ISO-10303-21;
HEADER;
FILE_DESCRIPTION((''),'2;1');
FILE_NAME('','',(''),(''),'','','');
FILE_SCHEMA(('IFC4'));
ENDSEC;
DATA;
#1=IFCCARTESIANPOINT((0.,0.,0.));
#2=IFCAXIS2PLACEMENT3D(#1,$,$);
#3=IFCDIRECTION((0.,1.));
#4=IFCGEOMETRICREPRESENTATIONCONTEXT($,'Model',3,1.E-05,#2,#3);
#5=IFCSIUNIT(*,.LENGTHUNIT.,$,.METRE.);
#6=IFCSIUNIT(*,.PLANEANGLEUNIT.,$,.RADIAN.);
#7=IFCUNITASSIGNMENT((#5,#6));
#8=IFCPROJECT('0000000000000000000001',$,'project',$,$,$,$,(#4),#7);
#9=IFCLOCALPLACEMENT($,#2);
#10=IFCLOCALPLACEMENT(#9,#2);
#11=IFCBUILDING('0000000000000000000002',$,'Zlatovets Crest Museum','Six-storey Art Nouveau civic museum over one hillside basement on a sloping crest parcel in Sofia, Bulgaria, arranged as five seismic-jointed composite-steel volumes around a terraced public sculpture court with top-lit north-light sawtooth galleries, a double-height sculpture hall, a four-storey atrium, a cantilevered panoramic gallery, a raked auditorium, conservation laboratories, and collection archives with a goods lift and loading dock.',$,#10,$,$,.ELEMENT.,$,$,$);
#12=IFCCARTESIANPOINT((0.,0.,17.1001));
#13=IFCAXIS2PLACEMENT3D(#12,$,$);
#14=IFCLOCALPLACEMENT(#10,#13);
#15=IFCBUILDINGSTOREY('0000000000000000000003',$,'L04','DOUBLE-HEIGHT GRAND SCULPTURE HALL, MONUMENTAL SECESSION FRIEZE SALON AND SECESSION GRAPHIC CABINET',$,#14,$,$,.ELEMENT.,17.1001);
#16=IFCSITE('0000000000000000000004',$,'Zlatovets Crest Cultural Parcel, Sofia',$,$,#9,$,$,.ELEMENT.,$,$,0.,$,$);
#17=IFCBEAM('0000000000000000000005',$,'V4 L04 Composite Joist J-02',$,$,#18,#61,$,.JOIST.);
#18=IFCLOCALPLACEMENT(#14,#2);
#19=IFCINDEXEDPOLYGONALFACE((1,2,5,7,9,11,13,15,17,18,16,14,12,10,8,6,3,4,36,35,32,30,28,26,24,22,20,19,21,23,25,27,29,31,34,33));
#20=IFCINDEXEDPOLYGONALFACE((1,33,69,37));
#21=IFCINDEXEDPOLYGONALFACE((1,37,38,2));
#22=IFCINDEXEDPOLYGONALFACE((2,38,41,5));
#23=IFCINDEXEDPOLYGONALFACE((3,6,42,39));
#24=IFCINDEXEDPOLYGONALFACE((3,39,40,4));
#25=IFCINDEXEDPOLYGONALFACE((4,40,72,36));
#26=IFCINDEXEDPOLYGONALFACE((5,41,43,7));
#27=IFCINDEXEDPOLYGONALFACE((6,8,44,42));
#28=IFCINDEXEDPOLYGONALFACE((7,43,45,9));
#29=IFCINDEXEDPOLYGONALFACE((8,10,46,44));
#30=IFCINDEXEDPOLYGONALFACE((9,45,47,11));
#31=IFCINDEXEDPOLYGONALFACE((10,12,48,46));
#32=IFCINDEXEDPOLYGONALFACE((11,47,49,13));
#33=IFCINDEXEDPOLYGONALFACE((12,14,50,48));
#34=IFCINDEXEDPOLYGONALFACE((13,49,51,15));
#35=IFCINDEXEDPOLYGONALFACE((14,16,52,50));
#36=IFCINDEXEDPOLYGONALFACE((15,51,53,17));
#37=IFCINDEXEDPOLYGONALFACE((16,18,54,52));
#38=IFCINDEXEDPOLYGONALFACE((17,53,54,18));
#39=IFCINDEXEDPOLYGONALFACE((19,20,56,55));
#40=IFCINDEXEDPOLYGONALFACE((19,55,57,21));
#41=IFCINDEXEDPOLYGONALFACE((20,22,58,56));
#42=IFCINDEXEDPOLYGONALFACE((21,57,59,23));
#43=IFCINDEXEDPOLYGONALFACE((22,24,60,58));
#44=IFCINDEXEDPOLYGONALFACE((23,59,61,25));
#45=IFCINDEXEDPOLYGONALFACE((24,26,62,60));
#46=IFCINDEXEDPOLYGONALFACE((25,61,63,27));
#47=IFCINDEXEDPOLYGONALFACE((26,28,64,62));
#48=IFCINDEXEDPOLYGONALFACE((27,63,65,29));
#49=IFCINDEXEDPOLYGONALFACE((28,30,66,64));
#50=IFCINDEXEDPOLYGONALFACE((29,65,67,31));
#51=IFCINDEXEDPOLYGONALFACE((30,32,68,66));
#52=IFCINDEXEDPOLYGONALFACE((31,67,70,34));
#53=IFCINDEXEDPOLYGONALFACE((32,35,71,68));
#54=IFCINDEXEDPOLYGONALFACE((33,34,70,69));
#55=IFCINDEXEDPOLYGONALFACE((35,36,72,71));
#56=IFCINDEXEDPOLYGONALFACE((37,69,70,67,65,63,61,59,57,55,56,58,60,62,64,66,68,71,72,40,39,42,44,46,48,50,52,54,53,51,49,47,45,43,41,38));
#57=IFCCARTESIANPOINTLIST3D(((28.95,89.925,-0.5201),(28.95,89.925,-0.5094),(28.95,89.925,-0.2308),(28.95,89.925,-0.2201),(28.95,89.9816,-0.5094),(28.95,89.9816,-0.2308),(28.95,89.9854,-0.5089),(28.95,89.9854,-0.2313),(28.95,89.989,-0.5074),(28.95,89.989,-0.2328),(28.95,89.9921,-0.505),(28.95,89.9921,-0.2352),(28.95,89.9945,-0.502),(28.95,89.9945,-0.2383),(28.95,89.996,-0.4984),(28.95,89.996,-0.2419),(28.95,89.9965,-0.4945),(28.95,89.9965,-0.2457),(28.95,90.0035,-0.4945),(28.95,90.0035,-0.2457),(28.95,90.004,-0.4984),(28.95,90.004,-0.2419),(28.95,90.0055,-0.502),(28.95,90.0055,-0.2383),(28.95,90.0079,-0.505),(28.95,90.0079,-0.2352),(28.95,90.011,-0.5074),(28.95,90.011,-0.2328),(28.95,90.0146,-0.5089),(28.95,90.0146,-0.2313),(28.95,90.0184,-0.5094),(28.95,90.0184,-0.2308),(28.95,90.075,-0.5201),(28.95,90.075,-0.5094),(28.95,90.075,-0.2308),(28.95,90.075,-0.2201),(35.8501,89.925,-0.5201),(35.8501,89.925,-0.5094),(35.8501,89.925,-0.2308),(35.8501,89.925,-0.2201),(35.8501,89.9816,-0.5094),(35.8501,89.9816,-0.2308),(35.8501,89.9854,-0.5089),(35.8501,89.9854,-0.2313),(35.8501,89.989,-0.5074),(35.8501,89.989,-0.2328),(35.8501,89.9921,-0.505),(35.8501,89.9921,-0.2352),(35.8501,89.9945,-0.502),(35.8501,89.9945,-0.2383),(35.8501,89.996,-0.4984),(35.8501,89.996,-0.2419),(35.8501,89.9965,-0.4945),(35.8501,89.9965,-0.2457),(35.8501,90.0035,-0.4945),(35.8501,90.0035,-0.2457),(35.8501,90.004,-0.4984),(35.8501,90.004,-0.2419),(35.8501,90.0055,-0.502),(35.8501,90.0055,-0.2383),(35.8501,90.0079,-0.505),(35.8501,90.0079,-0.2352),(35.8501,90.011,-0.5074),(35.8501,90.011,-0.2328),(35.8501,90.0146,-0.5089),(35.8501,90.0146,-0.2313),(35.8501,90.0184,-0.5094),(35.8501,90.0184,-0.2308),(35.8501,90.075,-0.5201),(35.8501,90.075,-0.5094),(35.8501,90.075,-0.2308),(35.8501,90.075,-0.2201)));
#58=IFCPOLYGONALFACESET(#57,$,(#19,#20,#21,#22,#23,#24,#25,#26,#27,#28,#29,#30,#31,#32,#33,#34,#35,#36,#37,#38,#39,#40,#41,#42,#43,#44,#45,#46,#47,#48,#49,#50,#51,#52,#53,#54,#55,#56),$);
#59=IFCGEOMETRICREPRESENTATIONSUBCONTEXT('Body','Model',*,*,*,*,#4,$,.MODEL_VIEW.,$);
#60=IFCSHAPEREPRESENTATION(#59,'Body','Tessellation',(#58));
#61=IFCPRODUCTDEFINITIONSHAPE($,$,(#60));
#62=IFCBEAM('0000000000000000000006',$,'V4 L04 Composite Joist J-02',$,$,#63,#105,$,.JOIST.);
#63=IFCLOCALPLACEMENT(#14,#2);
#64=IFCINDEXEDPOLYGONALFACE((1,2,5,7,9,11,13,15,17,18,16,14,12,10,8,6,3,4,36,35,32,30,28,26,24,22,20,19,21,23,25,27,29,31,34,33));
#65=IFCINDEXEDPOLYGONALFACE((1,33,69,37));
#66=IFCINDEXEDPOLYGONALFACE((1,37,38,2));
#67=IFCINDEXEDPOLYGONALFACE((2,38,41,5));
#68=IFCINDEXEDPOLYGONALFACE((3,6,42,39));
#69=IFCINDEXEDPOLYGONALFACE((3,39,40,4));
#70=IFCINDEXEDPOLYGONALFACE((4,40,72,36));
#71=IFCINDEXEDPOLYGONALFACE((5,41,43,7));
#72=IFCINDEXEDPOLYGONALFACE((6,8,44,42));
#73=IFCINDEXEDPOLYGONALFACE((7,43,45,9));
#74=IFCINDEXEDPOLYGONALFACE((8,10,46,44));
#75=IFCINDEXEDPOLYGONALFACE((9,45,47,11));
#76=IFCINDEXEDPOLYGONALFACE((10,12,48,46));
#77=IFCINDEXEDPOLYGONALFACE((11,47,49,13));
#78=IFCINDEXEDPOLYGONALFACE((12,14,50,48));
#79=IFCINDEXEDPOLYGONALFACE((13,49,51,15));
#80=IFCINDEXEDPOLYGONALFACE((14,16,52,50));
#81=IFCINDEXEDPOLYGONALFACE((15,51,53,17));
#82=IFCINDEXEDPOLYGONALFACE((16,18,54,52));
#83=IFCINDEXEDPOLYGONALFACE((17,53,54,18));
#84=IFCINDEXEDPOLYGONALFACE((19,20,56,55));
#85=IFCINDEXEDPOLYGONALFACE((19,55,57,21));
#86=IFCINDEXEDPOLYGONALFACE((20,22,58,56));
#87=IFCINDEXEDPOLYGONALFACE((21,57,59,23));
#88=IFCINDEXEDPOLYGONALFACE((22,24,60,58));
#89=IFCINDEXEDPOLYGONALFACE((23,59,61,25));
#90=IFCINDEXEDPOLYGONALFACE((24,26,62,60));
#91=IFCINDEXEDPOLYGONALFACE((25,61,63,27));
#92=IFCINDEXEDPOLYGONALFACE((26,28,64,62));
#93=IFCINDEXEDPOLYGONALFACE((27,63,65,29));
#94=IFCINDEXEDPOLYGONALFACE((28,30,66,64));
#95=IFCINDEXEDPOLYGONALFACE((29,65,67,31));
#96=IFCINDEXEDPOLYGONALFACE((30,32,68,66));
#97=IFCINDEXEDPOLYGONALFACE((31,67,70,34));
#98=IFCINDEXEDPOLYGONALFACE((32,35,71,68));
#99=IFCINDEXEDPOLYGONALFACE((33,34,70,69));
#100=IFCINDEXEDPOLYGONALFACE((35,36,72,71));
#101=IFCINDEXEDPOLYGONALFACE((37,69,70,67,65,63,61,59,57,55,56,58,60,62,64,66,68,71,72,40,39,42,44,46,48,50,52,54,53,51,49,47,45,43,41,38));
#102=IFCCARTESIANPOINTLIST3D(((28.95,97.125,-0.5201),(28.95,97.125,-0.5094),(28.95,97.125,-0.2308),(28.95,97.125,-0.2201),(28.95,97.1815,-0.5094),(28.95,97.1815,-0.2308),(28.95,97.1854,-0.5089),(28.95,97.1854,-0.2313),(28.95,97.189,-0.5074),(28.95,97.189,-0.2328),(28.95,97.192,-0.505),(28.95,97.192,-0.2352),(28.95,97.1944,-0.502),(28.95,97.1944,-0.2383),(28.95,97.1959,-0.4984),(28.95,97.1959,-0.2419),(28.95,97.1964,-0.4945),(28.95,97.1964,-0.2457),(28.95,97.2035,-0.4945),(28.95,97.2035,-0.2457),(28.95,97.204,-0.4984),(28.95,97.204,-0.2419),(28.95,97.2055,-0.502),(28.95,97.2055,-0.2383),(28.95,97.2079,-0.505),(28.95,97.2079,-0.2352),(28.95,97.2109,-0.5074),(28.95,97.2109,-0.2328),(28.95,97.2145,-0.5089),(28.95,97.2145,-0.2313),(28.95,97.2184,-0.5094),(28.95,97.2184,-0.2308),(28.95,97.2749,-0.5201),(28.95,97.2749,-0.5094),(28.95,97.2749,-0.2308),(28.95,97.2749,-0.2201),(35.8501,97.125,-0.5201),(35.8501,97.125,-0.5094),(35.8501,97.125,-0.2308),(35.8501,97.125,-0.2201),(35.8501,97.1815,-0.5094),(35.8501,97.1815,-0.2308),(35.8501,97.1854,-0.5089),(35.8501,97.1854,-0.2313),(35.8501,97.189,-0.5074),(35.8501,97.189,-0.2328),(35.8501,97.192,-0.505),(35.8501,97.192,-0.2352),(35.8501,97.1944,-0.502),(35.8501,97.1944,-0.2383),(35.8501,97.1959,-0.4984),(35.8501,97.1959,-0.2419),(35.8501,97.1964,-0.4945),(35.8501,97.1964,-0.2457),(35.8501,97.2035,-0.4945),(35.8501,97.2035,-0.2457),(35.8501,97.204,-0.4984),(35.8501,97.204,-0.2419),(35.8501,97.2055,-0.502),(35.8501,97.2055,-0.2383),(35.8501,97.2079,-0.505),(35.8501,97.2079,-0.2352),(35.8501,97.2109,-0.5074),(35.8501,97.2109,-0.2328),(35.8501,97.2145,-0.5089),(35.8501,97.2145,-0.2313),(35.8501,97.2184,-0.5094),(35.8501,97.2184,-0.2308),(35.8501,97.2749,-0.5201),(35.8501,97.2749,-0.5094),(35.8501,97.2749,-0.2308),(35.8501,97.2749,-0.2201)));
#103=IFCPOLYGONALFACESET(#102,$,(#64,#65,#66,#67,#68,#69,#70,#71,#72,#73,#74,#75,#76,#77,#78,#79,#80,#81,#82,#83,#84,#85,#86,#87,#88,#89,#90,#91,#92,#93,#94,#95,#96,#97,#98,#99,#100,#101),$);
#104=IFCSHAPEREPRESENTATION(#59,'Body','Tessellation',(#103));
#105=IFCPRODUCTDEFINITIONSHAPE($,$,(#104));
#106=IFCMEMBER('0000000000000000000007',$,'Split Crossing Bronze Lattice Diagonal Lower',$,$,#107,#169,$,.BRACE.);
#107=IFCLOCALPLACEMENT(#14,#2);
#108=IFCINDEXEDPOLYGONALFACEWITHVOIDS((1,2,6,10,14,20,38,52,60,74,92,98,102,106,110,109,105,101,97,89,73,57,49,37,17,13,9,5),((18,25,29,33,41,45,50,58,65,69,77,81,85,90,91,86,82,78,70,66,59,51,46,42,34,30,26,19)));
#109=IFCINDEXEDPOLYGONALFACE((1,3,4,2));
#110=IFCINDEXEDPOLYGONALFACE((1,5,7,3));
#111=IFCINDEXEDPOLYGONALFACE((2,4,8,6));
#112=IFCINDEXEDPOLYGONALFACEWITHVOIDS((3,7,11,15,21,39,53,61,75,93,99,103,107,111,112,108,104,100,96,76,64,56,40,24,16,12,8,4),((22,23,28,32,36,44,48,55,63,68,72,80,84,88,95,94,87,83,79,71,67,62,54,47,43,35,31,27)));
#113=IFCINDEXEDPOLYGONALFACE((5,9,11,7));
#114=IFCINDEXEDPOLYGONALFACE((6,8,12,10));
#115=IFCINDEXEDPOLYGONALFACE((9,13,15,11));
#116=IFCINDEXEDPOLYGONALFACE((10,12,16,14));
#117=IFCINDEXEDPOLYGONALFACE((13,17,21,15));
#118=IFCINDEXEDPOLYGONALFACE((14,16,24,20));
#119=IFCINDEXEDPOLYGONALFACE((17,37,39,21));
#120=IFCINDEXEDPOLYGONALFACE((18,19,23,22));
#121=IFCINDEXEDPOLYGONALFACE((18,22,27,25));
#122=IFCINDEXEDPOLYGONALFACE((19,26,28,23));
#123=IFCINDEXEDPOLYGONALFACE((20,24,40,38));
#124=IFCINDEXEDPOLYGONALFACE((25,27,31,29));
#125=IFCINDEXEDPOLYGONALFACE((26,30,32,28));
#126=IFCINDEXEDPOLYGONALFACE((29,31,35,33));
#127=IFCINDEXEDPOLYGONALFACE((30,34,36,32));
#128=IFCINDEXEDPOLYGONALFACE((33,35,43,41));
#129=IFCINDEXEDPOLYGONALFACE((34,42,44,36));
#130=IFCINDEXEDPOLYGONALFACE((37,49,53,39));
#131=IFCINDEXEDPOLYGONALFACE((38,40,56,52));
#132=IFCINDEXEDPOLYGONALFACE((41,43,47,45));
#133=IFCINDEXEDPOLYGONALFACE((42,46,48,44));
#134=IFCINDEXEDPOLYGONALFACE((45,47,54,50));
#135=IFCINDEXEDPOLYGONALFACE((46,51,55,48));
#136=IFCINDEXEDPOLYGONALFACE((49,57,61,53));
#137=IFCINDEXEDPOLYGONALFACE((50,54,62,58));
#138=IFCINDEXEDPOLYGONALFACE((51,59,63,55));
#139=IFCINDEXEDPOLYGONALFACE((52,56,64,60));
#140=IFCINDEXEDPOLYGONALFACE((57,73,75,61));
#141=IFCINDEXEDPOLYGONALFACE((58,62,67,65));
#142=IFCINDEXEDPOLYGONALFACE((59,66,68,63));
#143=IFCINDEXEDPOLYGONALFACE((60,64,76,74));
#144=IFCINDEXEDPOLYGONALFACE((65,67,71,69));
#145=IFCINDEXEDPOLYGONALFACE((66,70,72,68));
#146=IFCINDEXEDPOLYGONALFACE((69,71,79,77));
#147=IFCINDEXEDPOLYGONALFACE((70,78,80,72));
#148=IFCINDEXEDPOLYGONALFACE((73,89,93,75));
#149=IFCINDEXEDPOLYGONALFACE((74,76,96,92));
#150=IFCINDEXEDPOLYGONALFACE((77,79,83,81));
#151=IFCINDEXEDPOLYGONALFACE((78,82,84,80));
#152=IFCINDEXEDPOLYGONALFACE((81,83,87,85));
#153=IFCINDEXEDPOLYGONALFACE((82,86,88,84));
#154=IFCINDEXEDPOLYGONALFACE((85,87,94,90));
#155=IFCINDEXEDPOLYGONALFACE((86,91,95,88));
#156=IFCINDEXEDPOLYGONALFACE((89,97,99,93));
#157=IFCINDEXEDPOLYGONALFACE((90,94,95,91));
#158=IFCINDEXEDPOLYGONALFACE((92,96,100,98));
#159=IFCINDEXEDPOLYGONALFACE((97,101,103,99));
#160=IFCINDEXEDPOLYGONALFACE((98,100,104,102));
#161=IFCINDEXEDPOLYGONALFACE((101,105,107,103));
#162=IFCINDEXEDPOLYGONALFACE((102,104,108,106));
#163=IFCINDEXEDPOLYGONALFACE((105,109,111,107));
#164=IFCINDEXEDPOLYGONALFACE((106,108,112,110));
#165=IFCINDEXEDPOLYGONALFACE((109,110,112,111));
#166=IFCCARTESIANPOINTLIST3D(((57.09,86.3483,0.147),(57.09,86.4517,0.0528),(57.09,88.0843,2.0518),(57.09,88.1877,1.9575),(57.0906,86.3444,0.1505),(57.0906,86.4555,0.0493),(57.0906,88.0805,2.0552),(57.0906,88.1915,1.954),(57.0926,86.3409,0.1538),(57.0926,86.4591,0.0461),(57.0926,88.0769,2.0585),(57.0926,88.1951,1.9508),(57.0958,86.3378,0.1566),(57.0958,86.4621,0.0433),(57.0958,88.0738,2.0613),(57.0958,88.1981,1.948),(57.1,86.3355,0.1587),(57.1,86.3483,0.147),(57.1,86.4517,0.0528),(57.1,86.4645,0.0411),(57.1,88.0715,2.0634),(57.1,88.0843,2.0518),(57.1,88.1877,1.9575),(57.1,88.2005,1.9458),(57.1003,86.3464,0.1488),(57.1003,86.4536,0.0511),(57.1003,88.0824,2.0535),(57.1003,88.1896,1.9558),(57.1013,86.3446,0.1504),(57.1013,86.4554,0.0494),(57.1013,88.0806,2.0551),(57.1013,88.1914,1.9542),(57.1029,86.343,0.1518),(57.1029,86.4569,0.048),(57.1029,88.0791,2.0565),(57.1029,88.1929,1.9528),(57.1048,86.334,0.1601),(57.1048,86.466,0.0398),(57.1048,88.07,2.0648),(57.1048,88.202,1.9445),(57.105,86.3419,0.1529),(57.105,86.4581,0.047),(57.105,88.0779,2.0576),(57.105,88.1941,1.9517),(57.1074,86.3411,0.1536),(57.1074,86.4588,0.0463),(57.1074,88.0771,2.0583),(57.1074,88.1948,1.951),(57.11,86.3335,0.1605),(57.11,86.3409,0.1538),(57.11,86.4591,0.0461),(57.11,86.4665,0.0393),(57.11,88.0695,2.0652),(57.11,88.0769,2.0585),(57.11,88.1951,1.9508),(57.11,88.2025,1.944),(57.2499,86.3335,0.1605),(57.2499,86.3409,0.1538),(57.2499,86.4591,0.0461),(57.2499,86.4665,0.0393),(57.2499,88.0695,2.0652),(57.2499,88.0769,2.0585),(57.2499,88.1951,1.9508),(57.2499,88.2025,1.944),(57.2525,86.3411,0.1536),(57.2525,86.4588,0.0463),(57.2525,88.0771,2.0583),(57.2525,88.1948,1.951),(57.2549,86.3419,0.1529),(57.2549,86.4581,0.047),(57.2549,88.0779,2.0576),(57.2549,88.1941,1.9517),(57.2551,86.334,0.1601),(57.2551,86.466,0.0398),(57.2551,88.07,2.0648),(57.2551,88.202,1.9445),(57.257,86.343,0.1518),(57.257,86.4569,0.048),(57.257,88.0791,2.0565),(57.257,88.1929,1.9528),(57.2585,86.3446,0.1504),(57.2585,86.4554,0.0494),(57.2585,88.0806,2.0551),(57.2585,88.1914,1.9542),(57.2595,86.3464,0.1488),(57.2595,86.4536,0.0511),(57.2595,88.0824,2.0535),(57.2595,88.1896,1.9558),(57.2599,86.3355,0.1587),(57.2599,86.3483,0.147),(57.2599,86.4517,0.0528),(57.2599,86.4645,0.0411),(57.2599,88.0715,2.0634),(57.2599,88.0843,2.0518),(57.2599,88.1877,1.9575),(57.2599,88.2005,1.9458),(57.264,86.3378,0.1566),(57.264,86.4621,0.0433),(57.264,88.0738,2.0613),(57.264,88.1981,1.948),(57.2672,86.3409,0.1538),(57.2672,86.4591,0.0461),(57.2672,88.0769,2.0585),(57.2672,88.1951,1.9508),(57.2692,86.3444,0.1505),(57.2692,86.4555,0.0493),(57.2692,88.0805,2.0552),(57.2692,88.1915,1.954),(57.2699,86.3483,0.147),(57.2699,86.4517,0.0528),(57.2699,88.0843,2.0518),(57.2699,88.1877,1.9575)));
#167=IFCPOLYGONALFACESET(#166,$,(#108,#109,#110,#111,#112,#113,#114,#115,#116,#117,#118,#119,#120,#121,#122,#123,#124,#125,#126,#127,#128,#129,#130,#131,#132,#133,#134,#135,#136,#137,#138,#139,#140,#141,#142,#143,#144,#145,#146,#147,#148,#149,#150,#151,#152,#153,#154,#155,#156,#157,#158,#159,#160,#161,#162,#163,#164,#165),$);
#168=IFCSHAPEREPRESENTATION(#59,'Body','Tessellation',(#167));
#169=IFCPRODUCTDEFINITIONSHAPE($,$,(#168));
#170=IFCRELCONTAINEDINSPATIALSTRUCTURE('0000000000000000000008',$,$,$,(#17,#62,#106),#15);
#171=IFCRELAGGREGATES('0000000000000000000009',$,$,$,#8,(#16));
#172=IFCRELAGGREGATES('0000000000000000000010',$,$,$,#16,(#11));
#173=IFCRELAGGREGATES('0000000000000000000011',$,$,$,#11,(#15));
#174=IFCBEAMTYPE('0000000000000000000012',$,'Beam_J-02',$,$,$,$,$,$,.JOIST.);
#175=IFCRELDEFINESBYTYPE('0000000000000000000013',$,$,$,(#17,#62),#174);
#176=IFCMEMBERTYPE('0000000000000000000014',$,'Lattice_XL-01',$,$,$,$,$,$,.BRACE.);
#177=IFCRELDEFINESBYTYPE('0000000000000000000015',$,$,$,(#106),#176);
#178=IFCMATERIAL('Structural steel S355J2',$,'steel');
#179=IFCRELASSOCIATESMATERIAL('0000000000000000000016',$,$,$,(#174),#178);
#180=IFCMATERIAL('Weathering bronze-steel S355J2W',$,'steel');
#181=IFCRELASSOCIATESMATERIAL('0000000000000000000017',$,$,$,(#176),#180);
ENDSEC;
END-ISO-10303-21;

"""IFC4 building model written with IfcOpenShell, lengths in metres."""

from ifc_helpers import new_model, si_unit, direction, frame, origin, origin_2d, place, context, subcontext, project, spatial, hollow_rectangle, i_section, extrude, material, material_profile, profile_set, type_object, element, save


model = new_model("IFC4")

# Units and contexts
model_context = context("Model", 3, precision=1e-05, world=origin(), true_north=direction((0.0, 1.0)))
body_context = subcontext(model_context, "Body", "Model", "MODEL_VIEW")
ifc_project = project(units=[si_unit("LENGTHUNIT", "METRE"), si_unit("PLANEANGLEUNIT", "RADIAN")], contexts=[model_context])

# Site, building, storey
site_placement = place(None, origin())
site = spatial("IfcSite", under=ifc_project, at=site_placement, Name="Zlatovets Crest Cultural Parcel, Sofia", CompositionType="ELEMENT", RefElevation=0.0)
building_placement = place(site_placement, origin())
building = spatial("IfcBuilding", under=site, at=building_placement, Name="Zlatovets Crest Museum", Description="Six-storey Art Nouveau civic museum over one hillside basement on a sloping crest parcel in Sofia, Bulgaria, arranged as five seismic-jointed composite-steel volumes around a terraced public sculpture court with top-lit north-light sawtooth galleries, a double-height sculpture hall, a four-storey atrium, a cantilevered panoramic gallery, a raked auditorium, conservation laboratories, and collection archives with a goods lift and loading dock.", CompositionType="ELEMENT")
storey_placement = place(building_placement, frame((0.0, 0.0, 17.1001)))
storey = spatial("IfcBuildingStorey", under=building, at=storey_placement, Name="L04", Description="DOUBLE-HEIGHT GRAND SCULPTURE HALL, MONUMENTAL SECESSION FRIEZE SALON AND SECESSION GRAPHIC CABINET", CompositionType="ELEMENT", Elevation=17.1001)

# Beams
ifc_material_1 = material(Name="Structural steel S355J2", Category="steel")
ifc_material_profile_1 = material_profile(ifc_material_1, i_section(OverallWidth=0.1499, OverallDepth=0.3, WebThickness=0.0071, FlangeThickness=0.0107, FilletRadius=0.0149, at=origin_2d()), Name="IPE 300")
ifc_profile_set_1 = profile_set([ifc_material_profile_1], Name="Structural steel S355J2")
beam_type_1 = type_object("IfcBeamType", Name="Beam_J-02", PredefinedType="JOIST", material=ifc_profile_set_1)
for number, where, z_axis, x_axis, name in (
    (1, (28.95, 90.0, -0.3701), (1.0, 0.0, 0.0), (0.0, 1.0, 0.0), "V4 L04 Composite Joist J-02"),
    (2, (28.95, 97.2, -0.3701), (1.0, 0.0, 0.0), (0.0, 1.0, 0.0), "V4 L04 Composite Joist J-02"),
):
    element("IfcBeam", number, at=place(storey_placement, frame(where, z_axis=z_axis, x_axis=x_axis)), inside=storey, type_object=beam_type_1, Name=name, PredefinedType="JOIST", context=body_context, shape_type="SweptSolid", body=[
        extrude(i_section(OverallWidth=0.1499, OverallDepth=0.3, WebThickness=0.0071, FlangeThickness=0.0107, FilletRadius=0.0149, at=origin_2d()), origin(), (0.0, 0.0, 1.0), 6.9001),
    ])

# Member
ifc_material_2 = material(Name="Weathering bronze-steel S355J2W", Category="steel")
ifc_material_profile_2 = material_profile(ifc_material_2, hollow_rectangle(XDim=0.1799, YDim=0.1799, WallThickness=0.01, InnerFilletRadius=0.01, OuterFilletRadius=0.02, at=origin_2d()), Name="SHS 180x180x10.0")
ifc_profile_set_2 = profile_set([ifc_material_profile_2], Name="Weathering bronze-steel S355J2W")
member_type_1 = type_object("IfcMemberType", Name="Lattice_XL-01", PredefinedType="BRACE", material=ifc_profile_set_2)
for number, where, z_axis, x_axis, name in (
    (3, (57.1799, 88.136, 2.0046), (0.0, -0.67362, -0.739078), (1.0, 0.0, 0.0), "Split Crossing Bronze Lattice Diagonal Lower"),
):
    element("IfcMember", number, at=place(storey_placement, frame(where, z_axis=z_axis, x_axis=x_axis)), inside=storey, type_object=member_type_1, Name=name, PredefinedType="BRACE", context=body_context, shape_type="SweptSolid", body=[
        extrude(hollow_rectangle(XDim=0.1799, YDim=0.1799, WallThickness=0.01, InnerFilletRadius=0.01, OuterFilletRadius=0.02, at=origin_2d()), origin(), (0.0, 0.0, 1.0), 2.5771),
    ])

save(model, "model.ifc")
